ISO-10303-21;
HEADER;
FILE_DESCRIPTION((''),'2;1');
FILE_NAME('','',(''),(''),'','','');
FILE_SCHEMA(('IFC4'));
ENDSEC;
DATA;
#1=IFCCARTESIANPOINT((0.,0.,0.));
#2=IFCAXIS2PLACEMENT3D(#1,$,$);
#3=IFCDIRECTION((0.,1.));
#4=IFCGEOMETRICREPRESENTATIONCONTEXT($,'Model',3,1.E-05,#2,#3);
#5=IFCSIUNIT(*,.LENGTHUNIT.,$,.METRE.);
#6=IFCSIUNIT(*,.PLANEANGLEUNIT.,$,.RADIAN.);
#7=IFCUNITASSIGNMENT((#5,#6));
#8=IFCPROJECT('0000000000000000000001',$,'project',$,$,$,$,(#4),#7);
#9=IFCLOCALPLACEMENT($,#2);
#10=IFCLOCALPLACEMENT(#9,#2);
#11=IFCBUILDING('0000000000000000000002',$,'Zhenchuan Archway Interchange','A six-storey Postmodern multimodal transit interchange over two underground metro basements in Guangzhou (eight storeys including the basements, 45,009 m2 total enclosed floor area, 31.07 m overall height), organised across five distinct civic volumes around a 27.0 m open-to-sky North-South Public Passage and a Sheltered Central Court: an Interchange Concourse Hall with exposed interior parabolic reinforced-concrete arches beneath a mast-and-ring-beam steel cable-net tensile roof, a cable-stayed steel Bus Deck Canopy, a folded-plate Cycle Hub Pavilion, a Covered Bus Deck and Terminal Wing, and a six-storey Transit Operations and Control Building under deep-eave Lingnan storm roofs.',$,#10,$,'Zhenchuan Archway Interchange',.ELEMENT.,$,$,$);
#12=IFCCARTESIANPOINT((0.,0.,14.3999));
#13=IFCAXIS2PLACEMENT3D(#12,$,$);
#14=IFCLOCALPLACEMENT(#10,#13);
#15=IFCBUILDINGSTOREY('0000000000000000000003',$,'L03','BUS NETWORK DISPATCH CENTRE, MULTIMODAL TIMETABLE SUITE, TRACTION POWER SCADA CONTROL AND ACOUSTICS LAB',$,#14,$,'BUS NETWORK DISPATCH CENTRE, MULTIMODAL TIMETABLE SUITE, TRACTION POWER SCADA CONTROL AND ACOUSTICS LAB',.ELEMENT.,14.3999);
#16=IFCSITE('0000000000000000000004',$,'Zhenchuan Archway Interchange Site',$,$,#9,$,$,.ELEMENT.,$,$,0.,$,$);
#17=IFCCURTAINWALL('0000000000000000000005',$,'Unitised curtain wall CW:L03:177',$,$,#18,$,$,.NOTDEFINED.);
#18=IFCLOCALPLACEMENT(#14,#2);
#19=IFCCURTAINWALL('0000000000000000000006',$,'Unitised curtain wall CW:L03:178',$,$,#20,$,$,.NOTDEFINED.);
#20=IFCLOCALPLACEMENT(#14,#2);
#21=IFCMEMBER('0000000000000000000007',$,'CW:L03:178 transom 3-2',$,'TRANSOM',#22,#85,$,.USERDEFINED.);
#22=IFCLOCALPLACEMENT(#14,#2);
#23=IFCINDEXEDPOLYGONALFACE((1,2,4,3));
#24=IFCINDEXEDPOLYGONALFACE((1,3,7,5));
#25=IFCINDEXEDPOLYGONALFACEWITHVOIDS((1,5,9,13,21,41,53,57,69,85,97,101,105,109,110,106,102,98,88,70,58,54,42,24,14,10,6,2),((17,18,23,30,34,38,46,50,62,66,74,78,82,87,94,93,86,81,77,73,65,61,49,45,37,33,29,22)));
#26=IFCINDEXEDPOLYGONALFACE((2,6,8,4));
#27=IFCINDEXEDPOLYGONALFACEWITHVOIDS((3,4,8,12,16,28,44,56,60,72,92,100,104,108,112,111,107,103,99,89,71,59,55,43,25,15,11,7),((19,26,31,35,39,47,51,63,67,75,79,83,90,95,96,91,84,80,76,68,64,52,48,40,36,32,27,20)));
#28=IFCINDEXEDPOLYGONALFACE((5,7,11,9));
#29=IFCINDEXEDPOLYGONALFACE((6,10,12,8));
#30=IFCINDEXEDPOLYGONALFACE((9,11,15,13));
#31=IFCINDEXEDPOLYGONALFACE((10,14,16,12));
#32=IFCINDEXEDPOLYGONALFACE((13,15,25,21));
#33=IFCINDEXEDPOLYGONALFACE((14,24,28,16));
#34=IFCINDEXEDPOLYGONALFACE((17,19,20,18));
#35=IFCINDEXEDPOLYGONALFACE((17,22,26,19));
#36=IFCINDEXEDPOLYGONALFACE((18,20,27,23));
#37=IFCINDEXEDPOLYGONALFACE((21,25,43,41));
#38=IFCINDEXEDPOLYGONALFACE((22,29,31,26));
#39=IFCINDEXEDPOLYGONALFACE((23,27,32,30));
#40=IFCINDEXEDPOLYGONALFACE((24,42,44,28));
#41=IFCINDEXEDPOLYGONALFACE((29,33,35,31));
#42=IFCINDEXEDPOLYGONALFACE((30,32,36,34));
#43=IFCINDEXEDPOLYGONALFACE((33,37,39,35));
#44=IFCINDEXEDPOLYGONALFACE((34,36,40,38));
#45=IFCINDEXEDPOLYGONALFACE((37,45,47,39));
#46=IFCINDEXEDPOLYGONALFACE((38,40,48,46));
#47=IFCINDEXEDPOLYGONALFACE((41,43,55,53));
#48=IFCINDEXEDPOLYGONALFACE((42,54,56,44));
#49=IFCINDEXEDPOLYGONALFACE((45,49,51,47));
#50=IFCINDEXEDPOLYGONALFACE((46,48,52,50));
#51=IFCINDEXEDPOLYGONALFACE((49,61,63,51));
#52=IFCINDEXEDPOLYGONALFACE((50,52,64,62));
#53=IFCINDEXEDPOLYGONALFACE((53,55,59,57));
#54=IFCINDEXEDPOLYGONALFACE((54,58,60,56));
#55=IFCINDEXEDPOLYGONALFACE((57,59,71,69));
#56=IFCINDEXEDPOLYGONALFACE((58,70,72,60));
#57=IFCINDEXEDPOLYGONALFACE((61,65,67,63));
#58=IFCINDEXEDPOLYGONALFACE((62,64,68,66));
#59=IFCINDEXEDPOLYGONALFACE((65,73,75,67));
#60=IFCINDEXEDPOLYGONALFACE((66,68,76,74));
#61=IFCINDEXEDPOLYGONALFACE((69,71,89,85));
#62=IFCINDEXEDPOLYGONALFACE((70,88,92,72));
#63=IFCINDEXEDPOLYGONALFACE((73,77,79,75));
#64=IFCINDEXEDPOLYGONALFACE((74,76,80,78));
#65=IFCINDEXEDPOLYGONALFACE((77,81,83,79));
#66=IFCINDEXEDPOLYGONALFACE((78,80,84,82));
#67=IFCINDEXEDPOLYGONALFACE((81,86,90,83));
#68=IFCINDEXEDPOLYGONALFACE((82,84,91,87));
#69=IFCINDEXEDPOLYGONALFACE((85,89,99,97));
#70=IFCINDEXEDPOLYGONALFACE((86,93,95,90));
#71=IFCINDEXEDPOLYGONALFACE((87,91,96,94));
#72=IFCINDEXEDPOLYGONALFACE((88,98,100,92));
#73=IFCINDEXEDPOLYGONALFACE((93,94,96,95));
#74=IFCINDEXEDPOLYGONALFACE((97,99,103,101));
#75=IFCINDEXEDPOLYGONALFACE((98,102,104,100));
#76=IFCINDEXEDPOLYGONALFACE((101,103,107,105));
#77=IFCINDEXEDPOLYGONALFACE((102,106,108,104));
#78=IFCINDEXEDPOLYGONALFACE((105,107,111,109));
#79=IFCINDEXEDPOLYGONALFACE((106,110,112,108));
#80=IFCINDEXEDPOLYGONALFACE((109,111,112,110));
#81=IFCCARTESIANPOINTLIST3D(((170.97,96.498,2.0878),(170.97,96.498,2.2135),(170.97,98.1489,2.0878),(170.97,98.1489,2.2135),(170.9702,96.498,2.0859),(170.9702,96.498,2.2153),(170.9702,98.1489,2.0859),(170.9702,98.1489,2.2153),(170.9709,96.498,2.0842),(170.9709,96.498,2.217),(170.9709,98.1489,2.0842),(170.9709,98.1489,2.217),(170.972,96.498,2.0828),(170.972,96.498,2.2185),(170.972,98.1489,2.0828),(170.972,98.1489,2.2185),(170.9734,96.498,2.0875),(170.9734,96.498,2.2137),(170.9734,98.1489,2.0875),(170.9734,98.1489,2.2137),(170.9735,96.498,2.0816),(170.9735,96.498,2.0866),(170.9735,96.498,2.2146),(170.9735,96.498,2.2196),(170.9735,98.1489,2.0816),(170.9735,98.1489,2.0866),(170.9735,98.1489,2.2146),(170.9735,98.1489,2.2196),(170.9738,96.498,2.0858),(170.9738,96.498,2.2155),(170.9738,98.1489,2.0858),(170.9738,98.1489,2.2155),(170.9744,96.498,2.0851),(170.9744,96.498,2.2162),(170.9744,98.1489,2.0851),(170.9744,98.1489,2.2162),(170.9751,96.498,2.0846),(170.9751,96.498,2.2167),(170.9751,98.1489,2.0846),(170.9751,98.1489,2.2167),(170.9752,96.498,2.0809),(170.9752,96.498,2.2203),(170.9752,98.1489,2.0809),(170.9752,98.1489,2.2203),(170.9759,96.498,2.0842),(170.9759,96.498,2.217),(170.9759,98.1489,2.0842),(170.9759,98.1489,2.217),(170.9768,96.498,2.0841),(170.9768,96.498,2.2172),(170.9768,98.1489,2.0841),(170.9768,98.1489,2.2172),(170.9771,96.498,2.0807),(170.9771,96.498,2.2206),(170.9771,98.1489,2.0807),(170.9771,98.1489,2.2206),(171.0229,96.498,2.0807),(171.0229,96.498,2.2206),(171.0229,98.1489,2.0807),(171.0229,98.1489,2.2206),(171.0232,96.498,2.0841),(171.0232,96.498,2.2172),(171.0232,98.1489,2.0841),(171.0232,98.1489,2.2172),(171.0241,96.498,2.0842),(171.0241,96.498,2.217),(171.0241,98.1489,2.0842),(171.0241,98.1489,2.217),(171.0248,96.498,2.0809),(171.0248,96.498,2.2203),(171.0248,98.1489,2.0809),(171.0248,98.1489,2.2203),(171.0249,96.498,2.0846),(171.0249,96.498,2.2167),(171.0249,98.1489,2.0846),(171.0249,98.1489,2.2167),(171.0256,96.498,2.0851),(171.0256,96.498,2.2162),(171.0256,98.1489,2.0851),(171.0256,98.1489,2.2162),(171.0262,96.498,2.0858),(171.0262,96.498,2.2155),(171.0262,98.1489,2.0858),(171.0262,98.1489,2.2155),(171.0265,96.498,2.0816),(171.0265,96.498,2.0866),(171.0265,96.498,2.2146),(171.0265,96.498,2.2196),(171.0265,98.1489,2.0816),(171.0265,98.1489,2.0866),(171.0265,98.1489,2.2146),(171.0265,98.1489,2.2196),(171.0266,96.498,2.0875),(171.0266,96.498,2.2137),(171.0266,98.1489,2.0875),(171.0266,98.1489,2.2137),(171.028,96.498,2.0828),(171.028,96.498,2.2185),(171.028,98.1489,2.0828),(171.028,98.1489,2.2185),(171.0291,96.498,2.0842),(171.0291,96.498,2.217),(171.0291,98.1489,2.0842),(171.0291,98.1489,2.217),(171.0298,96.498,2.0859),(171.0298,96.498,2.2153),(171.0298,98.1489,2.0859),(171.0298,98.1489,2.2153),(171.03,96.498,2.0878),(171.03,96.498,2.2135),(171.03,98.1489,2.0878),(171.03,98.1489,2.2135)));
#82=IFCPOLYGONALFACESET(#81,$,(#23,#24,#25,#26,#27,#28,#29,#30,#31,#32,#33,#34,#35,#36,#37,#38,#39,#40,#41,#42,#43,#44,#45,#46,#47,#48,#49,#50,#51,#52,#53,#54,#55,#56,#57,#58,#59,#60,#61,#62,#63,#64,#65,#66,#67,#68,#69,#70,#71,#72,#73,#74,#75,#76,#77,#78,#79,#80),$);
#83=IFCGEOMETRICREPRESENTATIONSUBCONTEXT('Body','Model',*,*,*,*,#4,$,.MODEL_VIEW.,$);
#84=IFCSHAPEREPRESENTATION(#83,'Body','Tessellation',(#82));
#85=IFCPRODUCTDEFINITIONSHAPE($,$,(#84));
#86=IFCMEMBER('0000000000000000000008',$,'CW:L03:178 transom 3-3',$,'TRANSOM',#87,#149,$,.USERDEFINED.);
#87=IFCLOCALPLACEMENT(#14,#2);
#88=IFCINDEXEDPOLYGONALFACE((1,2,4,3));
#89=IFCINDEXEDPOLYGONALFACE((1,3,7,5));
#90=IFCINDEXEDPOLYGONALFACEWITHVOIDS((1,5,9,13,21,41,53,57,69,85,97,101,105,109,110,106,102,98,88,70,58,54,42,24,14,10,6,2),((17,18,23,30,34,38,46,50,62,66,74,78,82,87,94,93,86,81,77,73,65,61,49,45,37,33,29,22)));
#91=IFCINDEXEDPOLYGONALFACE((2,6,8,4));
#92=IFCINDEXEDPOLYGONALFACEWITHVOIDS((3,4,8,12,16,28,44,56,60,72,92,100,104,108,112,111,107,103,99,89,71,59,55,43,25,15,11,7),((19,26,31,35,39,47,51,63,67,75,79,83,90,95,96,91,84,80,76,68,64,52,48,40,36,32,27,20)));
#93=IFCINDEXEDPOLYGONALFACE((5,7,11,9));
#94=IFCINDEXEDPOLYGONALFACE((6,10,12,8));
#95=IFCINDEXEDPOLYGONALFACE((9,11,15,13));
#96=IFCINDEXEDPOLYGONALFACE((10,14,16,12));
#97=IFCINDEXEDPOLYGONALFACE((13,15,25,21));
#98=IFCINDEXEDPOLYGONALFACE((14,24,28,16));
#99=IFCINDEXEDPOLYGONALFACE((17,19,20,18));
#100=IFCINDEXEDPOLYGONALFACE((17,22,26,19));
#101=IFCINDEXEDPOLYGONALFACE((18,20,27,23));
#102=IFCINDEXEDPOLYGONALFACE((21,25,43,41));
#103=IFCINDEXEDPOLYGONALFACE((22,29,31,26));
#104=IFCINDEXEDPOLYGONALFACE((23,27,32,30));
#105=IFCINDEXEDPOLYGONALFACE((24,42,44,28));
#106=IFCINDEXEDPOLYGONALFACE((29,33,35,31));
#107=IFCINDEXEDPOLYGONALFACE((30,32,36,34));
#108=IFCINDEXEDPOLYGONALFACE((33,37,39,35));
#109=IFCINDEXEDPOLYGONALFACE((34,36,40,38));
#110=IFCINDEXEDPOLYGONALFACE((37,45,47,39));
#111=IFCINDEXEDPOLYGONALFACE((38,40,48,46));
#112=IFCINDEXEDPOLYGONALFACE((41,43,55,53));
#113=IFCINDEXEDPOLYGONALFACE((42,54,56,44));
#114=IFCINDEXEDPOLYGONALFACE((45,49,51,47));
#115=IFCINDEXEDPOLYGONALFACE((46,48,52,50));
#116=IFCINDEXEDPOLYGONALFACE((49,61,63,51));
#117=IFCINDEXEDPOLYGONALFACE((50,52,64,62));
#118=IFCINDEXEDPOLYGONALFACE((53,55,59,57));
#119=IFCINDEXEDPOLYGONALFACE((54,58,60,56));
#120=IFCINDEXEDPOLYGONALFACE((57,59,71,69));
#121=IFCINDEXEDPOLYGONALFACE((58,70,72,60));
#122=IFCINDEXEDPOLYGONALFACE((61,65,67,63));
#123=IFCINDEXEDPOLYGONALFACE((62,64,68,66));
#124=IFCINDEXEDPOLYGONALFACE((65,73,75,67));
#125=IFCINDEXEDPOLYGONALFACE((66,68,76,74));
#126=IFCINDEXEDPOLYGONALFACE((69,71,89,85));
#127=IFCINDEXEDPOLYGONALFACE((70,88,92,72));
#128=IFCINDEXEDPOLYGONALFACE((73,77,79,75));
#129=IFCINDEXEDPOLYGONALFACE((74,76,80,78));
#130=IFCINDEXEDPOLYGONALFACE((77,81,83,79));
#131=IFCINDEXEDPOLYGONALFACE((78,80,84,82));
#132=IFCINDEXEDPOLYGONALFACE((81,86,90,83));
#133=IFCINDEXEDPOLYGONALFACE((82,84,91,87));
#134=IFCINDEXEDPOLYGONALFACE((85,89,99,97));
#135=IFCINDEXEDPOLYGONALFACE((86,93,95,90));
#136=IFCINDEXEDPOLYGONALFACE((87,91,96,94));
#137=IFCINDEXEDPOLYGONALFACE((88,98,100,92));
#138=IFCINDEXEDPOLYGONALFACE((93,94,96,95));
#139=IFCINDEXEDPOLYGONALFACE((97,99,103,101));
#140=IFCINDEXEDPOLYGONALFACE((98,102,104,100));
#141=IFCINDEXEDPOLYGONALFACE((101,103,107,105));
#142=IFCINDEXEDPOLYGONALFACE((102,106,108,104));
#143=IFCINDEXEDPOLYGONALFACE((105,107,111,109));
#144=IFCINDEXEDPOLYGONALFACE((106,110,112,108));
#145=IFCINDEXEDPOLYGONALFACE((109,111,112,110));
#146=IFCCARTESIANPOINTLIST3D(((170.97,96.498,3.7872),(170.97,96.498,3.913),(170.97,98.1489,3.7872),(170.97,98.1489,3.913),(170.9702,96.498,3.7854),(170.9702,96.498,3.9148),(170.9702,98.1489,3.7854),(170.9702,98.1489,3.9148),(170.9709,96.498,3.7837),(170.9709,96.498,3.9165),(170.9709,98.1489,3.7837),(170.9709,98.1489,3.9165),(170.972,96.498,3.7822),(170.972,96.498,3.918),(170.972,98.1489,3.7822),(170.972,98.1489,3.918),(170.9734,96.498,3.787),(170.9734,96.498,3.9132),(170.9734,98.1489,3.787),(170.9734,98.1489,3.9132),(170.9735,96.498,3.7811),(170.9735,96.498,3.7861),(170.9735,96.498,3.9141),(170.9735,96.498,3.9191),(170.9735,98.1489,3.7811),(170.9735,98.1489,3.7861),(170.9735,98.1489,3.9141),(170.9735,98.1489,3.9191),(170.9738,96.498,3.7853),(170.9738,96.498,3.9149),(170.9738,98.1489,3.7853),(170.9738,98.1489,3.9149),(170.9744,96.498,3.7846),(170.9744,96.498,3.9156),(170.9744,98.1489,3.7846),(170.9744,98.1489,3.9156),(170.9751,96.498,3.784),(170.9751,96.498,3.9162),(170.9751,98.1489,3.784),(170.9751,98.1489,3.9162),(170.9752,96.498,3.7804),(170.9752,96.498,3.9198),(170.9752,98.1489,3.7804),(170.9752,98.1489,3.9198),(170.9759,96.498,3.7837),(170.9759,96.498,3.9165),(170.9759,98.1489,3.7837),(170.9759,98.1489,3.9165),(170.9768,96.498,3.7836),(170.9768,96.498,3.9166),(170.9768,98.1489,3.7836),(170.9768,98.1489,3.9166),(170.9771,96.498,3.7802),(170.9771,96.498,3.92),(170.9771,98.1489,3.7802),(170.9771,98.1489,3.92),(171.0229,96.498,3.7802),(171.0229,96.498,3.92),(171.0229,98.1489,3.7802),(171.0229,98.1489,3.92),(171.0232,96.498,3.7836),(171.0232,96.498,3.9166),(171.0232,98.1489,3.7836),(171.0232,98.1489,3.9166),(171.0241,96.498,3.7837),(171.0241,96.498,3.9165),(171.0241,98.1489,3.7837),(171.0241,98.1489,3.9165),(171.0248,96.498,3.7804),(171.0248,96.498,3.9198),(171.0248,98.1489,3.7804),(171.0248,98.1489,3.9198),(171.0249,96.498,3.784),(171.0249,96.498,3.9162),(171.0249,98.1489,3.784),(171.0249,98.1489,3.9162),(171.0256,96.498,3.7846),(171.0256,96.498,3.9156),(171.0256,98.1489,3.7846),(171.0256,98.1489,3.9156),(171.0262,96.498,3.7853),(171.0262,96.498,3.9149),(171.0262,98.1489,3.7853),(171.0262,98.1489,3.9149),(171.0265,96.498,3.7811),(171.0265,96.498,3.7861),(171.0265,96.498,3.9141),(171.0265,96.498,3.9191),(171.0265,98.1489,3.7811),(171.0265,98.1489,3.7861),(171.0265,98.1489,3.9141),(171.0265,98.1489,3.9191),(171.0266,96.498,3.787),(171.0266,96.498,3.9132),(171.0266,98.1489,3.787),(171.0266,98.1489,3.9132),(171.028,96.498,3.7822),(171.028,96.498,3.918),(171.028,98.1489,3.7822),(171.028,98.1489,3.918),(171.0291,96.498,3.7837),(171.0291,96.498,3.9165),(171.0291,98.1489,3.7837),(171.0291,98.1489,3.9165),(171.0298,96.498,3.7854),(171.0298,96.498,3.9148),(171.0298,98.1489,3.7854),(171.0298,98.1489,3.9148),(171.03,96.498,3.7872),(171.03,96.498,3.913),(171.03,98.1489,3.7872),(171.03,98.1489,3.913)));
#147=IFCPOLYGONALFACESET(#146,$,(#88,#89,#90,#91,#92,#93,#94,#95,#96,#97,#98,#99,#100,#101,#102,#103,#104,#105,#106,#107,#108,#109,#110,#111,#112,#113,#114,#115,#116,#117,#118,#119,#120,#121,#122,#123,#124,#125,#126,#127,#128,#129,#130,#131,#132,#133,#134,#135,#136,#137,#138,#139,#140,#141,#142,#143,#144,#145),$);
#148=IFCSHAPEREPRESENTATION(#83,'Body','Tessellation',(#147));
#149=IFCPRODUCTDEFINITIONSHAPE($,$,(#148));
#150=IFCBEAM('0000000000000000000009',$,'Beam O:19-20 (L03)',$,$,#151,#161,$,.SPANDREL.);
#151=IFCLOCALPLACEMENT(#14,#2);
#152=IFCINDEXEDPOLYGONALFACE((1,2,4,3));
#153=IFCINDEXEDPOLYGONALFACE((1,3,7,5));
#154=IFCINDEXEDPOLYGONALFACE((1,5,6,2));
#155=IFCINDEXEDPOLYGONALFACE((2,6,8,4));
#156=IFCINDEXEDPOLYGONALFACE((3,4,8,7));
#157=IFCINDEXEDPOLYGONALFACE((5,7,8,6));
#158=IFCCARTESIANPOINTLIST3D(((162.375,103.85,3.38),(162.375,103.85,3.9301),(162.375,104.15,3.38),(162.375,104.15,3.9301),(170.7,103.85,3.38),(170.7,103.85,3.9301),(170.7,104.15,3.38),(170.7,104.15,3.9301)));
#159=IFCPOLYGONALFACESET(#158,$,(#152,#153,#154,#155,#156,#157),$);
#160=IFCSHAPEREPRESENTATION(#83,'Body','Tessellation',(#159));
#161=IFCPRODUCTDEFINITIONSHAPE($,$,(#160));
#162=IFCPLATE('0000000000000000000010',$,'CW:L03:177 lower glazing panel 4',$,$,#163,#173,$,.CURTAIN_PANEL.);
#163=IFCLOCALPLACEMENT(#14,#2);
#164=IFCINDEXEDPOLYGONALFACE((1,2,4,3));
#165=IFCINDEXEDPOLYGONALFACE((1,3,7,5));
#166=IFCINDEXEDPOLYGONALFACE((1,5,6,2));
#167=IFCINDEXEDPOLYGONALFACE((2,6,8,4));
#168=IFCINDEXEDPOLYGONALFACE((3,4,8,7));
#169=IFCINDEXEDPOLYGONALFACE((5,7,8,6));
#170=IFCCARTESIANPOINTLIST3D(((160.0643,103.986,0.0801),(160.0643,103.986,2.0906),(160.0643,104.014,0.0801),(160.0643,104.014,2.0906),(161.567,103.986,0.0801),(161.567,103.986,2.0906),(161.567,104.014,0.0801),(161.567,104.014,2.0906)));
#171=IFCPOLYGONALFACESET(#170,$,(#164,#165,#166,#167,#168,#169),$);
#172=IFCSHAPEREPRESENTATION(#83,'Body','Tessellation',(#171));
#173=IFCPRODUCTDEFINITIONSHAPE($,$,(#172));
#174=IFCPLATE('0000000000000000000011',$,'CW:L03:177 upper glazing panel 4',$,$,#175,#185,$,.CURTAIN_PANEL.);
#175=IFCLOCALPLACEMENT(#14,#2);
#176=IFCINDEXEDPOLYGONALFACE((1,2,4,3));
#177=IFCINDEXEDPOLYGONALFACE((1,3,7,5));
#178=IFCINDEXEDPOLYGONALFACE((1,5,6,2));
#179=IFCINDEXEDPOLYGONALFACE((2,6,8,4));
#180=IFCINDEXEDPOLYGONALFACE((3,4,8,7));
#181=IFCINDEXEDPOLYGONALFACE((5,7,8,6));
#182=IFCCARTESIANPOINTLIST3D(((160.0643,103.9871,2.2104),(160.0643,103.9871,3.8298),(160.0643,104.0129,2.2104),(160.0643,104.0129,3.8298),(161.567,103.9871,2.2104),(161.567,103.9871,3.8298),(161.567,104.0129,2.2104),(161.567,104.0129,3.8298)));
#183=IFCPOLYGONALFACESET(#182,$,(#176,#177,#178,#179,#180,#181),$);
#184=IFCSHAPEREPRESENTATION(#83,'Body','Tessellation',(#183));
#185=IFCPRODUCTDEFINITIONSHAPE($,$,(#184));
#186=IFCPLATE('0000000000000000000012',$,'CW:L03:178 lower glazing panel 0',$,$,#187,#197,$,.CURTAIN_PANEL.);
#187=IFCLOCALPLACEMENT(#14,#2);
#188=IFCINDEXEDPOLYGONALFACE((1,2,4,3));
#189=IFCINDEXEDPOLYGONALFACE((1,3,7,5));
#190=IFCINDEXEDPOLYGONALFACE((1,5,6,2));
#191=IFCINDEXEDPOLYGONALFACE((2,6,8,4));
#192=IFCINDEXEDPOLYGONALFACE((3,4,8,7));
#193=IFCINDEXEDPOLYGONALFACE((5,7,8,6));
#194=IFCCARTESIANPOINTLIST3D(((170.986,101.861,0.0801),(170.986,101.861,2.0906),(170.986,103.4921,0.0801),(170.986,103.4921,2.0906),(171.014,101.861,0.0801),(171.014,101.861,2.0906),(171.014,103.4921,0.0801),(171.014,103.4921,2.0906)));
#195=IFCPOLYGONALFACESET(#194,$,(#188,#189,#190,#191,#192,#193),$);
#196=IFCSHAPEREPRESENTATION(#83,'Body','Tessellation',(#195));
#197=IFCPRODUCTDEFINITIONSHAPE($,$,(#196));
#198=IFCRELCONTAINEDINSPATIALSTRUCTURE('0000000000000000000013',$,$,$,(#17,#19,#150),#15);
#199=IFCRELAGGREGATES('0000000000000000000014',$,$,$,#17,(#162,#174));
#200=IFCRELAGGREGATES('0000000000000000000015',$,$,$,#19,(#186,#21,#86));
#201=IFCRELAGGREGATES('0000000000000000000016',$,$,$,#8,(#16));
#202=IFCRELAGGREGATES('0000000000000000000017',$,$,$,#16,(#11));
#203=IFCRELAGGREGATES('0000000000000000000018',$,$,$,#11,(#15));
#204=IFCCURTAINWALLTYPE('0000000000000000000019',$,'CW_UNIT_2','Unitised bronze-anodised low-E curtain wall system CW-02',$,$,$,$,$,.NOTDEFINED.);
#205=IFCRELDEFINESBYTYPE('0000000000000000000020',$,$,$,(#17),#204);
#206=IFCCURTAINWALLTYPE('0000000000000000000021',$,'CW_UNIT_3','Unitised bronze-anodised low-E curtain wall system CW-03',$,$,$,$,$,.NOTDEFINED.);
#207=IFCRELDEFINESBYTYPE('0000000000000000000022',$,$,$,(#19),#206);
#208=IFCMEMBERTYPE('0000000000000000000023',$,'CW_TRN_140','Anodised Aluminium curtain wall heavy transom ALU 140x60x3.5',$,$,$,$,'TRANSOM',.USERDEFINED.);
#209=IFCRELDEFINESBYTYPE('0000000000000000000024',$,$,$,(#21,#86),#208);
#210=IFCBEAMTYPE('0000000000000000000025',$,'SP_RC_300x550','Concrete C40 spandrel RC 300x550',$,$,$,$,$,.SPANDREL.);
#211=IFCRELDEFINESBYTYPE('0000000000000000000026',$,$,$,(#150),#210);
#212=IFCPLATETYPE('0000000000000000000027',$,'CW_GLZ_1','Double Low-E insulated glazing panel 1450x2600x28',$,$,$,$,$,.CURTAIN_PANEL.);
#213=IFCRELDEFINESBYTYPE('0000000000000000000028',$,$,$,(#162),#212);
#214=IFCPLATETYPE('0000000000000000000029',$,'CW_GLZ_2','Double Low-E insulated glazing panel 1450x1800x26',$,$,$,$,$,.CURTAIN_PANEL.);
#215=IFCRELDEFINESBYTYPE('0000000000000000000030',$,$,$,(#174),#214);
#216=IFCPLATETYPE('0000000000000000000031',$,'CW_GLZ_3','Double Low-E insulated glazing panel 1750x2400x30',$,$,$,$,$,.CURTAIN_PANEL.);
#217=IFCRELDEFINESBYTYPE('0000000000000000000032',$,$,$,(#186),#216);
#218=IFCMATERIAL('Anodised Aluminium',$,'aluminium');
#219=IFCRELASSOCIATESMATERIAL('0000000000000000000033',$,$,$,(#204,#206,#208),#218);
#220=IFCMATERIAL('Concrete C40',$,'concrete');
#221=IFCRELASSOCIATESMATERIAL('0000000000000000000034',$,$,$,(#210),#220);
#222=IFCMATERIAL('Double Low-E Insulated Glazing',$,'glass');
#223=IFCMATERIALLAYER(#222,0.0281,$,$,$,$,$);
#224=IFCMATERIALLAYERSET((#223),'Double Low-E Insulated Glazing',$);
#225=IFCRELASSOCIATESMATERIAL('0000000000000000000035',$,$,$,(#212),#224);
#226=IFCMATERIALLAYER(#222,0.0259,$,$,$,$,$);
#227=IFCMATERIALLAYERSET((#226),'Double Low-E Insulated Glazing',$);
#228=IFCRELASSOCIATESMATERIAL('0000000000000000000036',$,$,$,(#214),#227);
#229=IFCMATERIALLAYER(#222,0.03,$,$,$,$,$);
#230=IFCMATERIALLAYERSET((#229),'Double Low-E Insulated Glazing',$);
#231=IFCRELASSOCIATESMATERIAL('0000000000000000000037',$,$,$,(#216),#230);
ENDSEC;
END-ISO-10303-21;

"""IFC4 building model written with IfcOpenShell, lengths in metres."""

from ifc_helpers import new_model, si_unit, direction, frame, origin, origin_2d, place, context, subcontext, project, spatial, rectangle, hollow_rectangle, extrude, material, layer, layer_set, material_profile, profile_set, type_object, element, aggregate, save


model = new_model("IFC4")

# Units and contexts
model_context = context("Model", 3, precision=1e-05, world=origin(), true_north=direction((0.0, 1.0)))
body_context = subcontext(model_context, "Body", "Model", "MODEL_VIEW")
ifc_project = project(units=[si_unit("LENGTHUNIT", "METRE"), si_unit("PLANEANGLEUNIT", "RADIAN")], contexts=[model_context])

# Site, building, storey
site_placement = place(None, origin())
site = spatial("IfcSite", under=ifc_project, at=site_placement, Name="Zhenchuan Archway Interchange Site", CompositionType="ELEMENT", RefElevation=0.0)
building_placement = place(site_placement, origin())
building = spatial("IfcBuilding", under=site, at=building_placement, Name="Zhenchuan Archway Interchange", Description="A six-storey Postmodern multimodal transit interchange over two underground metro basements in Guangzhou (eight storeys including the basements, 45,009 m2 total enclosed floor area, 31.07 m overall height), organised across five distinct civic volumes around a 27.0 m open-to-sky North-South Public Passage and a Sheltered Central Court: an Interchange Concourse Hall with exposed interior parabolic reinforced-concrete arches beneath a mast-and-ring-beam steel cable-net tensile roof, a cable-stayed steel Bus Deck Canopy, a folded-plate Cycle Hub Pavilion, a Covered Bus Deck and Terminal Wing, and a six-storey Transit Operations and Control Building under deep-eave Lingnan storm roofs.", LongName="Zhenchuan Archway Interchange", CompositionType="ELEMENT")
storey_placement = place(building_placement, frame((0.0, 0.0, 14.3999)))
storey = spatial("IfcBuildingStorey", under=building, at=storey_placement, Name="L03", Description="BUS NETWORK DISPATCH CENTRE, MULTIMODAL TIMETABLE SUITE, TRACTION POWER SCADA CONTROL AND ACOUSTICS LAB", LongName="BUS NETWORK DISPATCH CENTRE, MULTIMODAL TIMETABLE SUITE, TRACTION POWER SCADA CONTROL AND ACOUSTICS LAB", CompositionType="ELEMENT", Elevation=14.3999)

# Shared definitions
ifc_material_1 = material(Name="Concrete C40", Category="concrete")

# Curtain walls
ifc_material_2 = material(Name="Anodised Aluminium", Category="aluminium")
curtain_wall_type_1 = type_object("IfcCurtainWallType", Name="CW_UNIT_2", Description="Unitised bronze-anodised low-E curtain wall system CW-02", PredefinedType="NOTDEFINED", material=ifc_material_2)
curtain_wall_1_placement = place(storey_placement, origin())
curtain_wall_1 = element("IfcCurtainWall", 1, at=curtain_wall_1_placement, inside=storey, type_object=curtain_wall_type_1, Name="Unitised curtain wall CW:L03:177", PredefinedType="NOTDEFINED")
curtain_wall_type_2 = type_object("IfcCurtainWallType", Name="CW_UNIT_3", Description="Unitised bronze-anodised low-E curtain wall system CW-03", PredefinedType="NOTDEFINED", material=ifc_material_2)
curtain_wall_2_placement = place(storey_placement, origin())
curtain_wall_2 = element("IfcCurtainWall", 2, at=curtain_wall_2_placement, inside=storey, type_object=curtain_wall_type_2, Name="Unitised curtain wall CW:L03:178", PredefinedType="NOTDEFINED")

# Members
ifc_material_profile_1 = material_profile(ifc_material_2, hollow_rectangle(XDim=0.0601, YDim=0.1399, WallThickness=0.0034, InnerFilletRadius=0.0034, OuterFilletRadius=0.0071, at=origin_2d()), Name="ALU 140x60x3.5")
ifc_profile_set_1 = profile_set([ifc_material_profile_1], Name="Anodised Aluminium")
member_type_1 = type_object("IfcMemberType", Name="CW_TRN_140", Description="Anodised Aluminium curtain wall heavy transom ALU 140x60x3.5", ElementType="TRANSOM", PredefinedType="USERDEFINED", material=ifc_profile_set_1)
member_1_placement = place(storey_placement, frame((171.0, 98.1489, 2.1506), z_axis=(0.0, -1.0, 0.0), x_axis=(1.0, 0.0, 0.0)))
member_1 = element("IfcMember", 3, at=member_1_placement, type_object=member_type_1, Name="CW:L03:178 transom 3-2", ObjectType="TRANSOM", PredefinedType="USERDEFINED", context=body_context, shape_type="SweptSolid", body=[
    extrude(hollow_rectangle(XDim=0.0601, YDim=0.1399, WallThickness=0.0034, InnerFilletRadius=0.0034, OuterFilletRadius=0.0071, at=origin_2d()), origin(), (0.0, 0.0, 1.0), 1.6509),
])
member_2_placement = place(storey_placement, frame((171.0, 98.1489, 3.8501), z_axis=(0.0, -1.0, 0.0), x_axis=(1.0, 0.0, 0.0)))
member_2 = element("IfcMember", 4, at=member_2_placement, type_object=member_type_1, Name="CW:L03:178 transom 3-3", ObjectType="TRANSOM", PredefinedType="USERDEFINED", context=body_context, shape_type="SweptSolid", body=[
    extrude(hollow_rectangle(XDim=0.0601, YDim=0.1399, WallThickness=0.0034, InnerFilletRadius=0.0034, OuterFilletRadius=0.0071, at=origin_2d()), origin(), (0.0, 0.0, 1.0), 1.6509),
])

# Beam
ifc_material_profile_2 = material_profile(ifc_material_1, rectangle(XDim=0.3, YDim=0.55, at=origin_2d()), Name="RC 300x550")
ifc_profile_set_2 = profile_set([ifc_material_profile_2], Name="Concrete C40")
beam_type = type_object("IfcBeamType", Name="SP_RC_300x550", Description="Concrete C40 spandrel RC 300x550", PredefinedType="SPANDREL", material=ifc_profile_set_2)
beam_placement = place(storey_placement, frame((162.375, 104.0, 3.655), z_axis=(1.0, 0.0, 0.0), x_axis=(0.0, 1.0, 0.0)))
element("IfcBeam", 5, at=beam_placement, inside=storey, type_object=beam_type, Name="Beam O:19-20 (L03)", PredefinedType="SPANDREL", context=body_context, shape_type="SweptSolid", body=[
    extrude(rectangle(XDim=0.3, YDim=0.55, at=origin_2d()), origin(), (0.0, 0.0, 1.0), 8.325),
])

# Plates
ifc_material_3 = material(Name="Double Low-E Insulated Glazing", Category="glass")
ifc_layer_1 = layer(ifc_material_3, 0.0281)
ifc_layer_set_1 = layer_set([ifc_layer_1], Name="Double Low-E Insulated Glazing")
plate_type_1 = type_object("IfcPlateType", Name="CW_GLZ_1", Description="Double Low-E insulated glazing panel 1450x2600x28", PredefinedType="CURTAIN_PANEL", material=ifc_layer_set_1)
plate_1_placement = place(storey_placement, frame((160.8157, 104.0, 0.0801), z_axis=(0.0, 0.0, 1.0), x_axis=(1.0, 0.0, 0.0)))
plate_1 = element("IfcPlate", 6, at=plate_1_placement, type_object=plate_type_1, Name="CW:L03:177 lower glazing panel 4", PredefinedType="CURTAIN_PANEL", context=body_context, shape_type="SweptSolid", body=[
    extrude(rectangle(XDim=1.5027, YDim=0.0281, at=origin_2d()), origin(), (0.0, 0.0, 1.0), 2.0105),
])
ifc_layer_2 = layer(ifc_material_3, 0.0259)
ifc_layer_set_2 = layer_set([ifc_layer_2], Name="Double Low-E Insulated Glazing")
plate_type_2 = type_object("IfcPlateType", Name="CW_GLZ_2", Description="Double Low-E insulated glazing panel 1450x1800x26", PredefinedType="CURTAIN_PANEL", material=ifc_layer_set_2)
plate_2_placement = place(storey_placement, frame((160.8157, 104.0, 2.2104), z_axis=(0.0, 0.0, 1.0), x_axis=(1.0, 0.0, 0.0)))
plate_2 = element("IfcPlate", 7, at=plate_2_placement, type_object=plate_type_2, Name="CW:L03:177 upper glazing panel 4", PredefinedType="CURTAIN_PANEL", context=body_context, shape_type="SweptSolid", body=[
    extrude(rectangle(XDim=1.5027, YDim=0.0259, at=origin_2d()), origin(), (0.0, 0.0, 1.0), 1.6194),
])
aggregate(curtain_wall_1, [plate_1, plate_2])
ifc_layer_3 = layer(ifc_material_3, 0.03)
ifc_layer_set_3 = layer_set([ifc_layer_3], Name="Double Low-E Insulated Glazing")
plate_type_3 = type_object("IfcPlateType", Name="CW_GLZ_3", Description="Double Low-E insulated glazing panel 1750x2400x30", PredefinedType="CURTAIN_PANEL", material=ifc_layer_set_3)
plate_3_placement = place(storey_placement, frame((171.0, 102.6765, 0.0801), z_axis=(0.0, 0.0, 1.0), x_axis=(0.0, -1.0, 0.0)))
plate_3 = element("IfcPlate", 8, at=plate_3_placement, type_object=plate_type_3, Name="CW:L03:178 lower glazing panel 0", PredefinedType="CURTAIN_PANEL", context=body_context, shape_type="SweptSolid", body=[
    extrude(rectangle(XDim=1.6311, YDim=0.0281, at=origin_2d()), origin(), (0.0, 0.0, 1.0), 2.0105),
])
aggregate(curtain_wall_2, [plate_3, member_1, member_2])

save(model, "model.ifc")
